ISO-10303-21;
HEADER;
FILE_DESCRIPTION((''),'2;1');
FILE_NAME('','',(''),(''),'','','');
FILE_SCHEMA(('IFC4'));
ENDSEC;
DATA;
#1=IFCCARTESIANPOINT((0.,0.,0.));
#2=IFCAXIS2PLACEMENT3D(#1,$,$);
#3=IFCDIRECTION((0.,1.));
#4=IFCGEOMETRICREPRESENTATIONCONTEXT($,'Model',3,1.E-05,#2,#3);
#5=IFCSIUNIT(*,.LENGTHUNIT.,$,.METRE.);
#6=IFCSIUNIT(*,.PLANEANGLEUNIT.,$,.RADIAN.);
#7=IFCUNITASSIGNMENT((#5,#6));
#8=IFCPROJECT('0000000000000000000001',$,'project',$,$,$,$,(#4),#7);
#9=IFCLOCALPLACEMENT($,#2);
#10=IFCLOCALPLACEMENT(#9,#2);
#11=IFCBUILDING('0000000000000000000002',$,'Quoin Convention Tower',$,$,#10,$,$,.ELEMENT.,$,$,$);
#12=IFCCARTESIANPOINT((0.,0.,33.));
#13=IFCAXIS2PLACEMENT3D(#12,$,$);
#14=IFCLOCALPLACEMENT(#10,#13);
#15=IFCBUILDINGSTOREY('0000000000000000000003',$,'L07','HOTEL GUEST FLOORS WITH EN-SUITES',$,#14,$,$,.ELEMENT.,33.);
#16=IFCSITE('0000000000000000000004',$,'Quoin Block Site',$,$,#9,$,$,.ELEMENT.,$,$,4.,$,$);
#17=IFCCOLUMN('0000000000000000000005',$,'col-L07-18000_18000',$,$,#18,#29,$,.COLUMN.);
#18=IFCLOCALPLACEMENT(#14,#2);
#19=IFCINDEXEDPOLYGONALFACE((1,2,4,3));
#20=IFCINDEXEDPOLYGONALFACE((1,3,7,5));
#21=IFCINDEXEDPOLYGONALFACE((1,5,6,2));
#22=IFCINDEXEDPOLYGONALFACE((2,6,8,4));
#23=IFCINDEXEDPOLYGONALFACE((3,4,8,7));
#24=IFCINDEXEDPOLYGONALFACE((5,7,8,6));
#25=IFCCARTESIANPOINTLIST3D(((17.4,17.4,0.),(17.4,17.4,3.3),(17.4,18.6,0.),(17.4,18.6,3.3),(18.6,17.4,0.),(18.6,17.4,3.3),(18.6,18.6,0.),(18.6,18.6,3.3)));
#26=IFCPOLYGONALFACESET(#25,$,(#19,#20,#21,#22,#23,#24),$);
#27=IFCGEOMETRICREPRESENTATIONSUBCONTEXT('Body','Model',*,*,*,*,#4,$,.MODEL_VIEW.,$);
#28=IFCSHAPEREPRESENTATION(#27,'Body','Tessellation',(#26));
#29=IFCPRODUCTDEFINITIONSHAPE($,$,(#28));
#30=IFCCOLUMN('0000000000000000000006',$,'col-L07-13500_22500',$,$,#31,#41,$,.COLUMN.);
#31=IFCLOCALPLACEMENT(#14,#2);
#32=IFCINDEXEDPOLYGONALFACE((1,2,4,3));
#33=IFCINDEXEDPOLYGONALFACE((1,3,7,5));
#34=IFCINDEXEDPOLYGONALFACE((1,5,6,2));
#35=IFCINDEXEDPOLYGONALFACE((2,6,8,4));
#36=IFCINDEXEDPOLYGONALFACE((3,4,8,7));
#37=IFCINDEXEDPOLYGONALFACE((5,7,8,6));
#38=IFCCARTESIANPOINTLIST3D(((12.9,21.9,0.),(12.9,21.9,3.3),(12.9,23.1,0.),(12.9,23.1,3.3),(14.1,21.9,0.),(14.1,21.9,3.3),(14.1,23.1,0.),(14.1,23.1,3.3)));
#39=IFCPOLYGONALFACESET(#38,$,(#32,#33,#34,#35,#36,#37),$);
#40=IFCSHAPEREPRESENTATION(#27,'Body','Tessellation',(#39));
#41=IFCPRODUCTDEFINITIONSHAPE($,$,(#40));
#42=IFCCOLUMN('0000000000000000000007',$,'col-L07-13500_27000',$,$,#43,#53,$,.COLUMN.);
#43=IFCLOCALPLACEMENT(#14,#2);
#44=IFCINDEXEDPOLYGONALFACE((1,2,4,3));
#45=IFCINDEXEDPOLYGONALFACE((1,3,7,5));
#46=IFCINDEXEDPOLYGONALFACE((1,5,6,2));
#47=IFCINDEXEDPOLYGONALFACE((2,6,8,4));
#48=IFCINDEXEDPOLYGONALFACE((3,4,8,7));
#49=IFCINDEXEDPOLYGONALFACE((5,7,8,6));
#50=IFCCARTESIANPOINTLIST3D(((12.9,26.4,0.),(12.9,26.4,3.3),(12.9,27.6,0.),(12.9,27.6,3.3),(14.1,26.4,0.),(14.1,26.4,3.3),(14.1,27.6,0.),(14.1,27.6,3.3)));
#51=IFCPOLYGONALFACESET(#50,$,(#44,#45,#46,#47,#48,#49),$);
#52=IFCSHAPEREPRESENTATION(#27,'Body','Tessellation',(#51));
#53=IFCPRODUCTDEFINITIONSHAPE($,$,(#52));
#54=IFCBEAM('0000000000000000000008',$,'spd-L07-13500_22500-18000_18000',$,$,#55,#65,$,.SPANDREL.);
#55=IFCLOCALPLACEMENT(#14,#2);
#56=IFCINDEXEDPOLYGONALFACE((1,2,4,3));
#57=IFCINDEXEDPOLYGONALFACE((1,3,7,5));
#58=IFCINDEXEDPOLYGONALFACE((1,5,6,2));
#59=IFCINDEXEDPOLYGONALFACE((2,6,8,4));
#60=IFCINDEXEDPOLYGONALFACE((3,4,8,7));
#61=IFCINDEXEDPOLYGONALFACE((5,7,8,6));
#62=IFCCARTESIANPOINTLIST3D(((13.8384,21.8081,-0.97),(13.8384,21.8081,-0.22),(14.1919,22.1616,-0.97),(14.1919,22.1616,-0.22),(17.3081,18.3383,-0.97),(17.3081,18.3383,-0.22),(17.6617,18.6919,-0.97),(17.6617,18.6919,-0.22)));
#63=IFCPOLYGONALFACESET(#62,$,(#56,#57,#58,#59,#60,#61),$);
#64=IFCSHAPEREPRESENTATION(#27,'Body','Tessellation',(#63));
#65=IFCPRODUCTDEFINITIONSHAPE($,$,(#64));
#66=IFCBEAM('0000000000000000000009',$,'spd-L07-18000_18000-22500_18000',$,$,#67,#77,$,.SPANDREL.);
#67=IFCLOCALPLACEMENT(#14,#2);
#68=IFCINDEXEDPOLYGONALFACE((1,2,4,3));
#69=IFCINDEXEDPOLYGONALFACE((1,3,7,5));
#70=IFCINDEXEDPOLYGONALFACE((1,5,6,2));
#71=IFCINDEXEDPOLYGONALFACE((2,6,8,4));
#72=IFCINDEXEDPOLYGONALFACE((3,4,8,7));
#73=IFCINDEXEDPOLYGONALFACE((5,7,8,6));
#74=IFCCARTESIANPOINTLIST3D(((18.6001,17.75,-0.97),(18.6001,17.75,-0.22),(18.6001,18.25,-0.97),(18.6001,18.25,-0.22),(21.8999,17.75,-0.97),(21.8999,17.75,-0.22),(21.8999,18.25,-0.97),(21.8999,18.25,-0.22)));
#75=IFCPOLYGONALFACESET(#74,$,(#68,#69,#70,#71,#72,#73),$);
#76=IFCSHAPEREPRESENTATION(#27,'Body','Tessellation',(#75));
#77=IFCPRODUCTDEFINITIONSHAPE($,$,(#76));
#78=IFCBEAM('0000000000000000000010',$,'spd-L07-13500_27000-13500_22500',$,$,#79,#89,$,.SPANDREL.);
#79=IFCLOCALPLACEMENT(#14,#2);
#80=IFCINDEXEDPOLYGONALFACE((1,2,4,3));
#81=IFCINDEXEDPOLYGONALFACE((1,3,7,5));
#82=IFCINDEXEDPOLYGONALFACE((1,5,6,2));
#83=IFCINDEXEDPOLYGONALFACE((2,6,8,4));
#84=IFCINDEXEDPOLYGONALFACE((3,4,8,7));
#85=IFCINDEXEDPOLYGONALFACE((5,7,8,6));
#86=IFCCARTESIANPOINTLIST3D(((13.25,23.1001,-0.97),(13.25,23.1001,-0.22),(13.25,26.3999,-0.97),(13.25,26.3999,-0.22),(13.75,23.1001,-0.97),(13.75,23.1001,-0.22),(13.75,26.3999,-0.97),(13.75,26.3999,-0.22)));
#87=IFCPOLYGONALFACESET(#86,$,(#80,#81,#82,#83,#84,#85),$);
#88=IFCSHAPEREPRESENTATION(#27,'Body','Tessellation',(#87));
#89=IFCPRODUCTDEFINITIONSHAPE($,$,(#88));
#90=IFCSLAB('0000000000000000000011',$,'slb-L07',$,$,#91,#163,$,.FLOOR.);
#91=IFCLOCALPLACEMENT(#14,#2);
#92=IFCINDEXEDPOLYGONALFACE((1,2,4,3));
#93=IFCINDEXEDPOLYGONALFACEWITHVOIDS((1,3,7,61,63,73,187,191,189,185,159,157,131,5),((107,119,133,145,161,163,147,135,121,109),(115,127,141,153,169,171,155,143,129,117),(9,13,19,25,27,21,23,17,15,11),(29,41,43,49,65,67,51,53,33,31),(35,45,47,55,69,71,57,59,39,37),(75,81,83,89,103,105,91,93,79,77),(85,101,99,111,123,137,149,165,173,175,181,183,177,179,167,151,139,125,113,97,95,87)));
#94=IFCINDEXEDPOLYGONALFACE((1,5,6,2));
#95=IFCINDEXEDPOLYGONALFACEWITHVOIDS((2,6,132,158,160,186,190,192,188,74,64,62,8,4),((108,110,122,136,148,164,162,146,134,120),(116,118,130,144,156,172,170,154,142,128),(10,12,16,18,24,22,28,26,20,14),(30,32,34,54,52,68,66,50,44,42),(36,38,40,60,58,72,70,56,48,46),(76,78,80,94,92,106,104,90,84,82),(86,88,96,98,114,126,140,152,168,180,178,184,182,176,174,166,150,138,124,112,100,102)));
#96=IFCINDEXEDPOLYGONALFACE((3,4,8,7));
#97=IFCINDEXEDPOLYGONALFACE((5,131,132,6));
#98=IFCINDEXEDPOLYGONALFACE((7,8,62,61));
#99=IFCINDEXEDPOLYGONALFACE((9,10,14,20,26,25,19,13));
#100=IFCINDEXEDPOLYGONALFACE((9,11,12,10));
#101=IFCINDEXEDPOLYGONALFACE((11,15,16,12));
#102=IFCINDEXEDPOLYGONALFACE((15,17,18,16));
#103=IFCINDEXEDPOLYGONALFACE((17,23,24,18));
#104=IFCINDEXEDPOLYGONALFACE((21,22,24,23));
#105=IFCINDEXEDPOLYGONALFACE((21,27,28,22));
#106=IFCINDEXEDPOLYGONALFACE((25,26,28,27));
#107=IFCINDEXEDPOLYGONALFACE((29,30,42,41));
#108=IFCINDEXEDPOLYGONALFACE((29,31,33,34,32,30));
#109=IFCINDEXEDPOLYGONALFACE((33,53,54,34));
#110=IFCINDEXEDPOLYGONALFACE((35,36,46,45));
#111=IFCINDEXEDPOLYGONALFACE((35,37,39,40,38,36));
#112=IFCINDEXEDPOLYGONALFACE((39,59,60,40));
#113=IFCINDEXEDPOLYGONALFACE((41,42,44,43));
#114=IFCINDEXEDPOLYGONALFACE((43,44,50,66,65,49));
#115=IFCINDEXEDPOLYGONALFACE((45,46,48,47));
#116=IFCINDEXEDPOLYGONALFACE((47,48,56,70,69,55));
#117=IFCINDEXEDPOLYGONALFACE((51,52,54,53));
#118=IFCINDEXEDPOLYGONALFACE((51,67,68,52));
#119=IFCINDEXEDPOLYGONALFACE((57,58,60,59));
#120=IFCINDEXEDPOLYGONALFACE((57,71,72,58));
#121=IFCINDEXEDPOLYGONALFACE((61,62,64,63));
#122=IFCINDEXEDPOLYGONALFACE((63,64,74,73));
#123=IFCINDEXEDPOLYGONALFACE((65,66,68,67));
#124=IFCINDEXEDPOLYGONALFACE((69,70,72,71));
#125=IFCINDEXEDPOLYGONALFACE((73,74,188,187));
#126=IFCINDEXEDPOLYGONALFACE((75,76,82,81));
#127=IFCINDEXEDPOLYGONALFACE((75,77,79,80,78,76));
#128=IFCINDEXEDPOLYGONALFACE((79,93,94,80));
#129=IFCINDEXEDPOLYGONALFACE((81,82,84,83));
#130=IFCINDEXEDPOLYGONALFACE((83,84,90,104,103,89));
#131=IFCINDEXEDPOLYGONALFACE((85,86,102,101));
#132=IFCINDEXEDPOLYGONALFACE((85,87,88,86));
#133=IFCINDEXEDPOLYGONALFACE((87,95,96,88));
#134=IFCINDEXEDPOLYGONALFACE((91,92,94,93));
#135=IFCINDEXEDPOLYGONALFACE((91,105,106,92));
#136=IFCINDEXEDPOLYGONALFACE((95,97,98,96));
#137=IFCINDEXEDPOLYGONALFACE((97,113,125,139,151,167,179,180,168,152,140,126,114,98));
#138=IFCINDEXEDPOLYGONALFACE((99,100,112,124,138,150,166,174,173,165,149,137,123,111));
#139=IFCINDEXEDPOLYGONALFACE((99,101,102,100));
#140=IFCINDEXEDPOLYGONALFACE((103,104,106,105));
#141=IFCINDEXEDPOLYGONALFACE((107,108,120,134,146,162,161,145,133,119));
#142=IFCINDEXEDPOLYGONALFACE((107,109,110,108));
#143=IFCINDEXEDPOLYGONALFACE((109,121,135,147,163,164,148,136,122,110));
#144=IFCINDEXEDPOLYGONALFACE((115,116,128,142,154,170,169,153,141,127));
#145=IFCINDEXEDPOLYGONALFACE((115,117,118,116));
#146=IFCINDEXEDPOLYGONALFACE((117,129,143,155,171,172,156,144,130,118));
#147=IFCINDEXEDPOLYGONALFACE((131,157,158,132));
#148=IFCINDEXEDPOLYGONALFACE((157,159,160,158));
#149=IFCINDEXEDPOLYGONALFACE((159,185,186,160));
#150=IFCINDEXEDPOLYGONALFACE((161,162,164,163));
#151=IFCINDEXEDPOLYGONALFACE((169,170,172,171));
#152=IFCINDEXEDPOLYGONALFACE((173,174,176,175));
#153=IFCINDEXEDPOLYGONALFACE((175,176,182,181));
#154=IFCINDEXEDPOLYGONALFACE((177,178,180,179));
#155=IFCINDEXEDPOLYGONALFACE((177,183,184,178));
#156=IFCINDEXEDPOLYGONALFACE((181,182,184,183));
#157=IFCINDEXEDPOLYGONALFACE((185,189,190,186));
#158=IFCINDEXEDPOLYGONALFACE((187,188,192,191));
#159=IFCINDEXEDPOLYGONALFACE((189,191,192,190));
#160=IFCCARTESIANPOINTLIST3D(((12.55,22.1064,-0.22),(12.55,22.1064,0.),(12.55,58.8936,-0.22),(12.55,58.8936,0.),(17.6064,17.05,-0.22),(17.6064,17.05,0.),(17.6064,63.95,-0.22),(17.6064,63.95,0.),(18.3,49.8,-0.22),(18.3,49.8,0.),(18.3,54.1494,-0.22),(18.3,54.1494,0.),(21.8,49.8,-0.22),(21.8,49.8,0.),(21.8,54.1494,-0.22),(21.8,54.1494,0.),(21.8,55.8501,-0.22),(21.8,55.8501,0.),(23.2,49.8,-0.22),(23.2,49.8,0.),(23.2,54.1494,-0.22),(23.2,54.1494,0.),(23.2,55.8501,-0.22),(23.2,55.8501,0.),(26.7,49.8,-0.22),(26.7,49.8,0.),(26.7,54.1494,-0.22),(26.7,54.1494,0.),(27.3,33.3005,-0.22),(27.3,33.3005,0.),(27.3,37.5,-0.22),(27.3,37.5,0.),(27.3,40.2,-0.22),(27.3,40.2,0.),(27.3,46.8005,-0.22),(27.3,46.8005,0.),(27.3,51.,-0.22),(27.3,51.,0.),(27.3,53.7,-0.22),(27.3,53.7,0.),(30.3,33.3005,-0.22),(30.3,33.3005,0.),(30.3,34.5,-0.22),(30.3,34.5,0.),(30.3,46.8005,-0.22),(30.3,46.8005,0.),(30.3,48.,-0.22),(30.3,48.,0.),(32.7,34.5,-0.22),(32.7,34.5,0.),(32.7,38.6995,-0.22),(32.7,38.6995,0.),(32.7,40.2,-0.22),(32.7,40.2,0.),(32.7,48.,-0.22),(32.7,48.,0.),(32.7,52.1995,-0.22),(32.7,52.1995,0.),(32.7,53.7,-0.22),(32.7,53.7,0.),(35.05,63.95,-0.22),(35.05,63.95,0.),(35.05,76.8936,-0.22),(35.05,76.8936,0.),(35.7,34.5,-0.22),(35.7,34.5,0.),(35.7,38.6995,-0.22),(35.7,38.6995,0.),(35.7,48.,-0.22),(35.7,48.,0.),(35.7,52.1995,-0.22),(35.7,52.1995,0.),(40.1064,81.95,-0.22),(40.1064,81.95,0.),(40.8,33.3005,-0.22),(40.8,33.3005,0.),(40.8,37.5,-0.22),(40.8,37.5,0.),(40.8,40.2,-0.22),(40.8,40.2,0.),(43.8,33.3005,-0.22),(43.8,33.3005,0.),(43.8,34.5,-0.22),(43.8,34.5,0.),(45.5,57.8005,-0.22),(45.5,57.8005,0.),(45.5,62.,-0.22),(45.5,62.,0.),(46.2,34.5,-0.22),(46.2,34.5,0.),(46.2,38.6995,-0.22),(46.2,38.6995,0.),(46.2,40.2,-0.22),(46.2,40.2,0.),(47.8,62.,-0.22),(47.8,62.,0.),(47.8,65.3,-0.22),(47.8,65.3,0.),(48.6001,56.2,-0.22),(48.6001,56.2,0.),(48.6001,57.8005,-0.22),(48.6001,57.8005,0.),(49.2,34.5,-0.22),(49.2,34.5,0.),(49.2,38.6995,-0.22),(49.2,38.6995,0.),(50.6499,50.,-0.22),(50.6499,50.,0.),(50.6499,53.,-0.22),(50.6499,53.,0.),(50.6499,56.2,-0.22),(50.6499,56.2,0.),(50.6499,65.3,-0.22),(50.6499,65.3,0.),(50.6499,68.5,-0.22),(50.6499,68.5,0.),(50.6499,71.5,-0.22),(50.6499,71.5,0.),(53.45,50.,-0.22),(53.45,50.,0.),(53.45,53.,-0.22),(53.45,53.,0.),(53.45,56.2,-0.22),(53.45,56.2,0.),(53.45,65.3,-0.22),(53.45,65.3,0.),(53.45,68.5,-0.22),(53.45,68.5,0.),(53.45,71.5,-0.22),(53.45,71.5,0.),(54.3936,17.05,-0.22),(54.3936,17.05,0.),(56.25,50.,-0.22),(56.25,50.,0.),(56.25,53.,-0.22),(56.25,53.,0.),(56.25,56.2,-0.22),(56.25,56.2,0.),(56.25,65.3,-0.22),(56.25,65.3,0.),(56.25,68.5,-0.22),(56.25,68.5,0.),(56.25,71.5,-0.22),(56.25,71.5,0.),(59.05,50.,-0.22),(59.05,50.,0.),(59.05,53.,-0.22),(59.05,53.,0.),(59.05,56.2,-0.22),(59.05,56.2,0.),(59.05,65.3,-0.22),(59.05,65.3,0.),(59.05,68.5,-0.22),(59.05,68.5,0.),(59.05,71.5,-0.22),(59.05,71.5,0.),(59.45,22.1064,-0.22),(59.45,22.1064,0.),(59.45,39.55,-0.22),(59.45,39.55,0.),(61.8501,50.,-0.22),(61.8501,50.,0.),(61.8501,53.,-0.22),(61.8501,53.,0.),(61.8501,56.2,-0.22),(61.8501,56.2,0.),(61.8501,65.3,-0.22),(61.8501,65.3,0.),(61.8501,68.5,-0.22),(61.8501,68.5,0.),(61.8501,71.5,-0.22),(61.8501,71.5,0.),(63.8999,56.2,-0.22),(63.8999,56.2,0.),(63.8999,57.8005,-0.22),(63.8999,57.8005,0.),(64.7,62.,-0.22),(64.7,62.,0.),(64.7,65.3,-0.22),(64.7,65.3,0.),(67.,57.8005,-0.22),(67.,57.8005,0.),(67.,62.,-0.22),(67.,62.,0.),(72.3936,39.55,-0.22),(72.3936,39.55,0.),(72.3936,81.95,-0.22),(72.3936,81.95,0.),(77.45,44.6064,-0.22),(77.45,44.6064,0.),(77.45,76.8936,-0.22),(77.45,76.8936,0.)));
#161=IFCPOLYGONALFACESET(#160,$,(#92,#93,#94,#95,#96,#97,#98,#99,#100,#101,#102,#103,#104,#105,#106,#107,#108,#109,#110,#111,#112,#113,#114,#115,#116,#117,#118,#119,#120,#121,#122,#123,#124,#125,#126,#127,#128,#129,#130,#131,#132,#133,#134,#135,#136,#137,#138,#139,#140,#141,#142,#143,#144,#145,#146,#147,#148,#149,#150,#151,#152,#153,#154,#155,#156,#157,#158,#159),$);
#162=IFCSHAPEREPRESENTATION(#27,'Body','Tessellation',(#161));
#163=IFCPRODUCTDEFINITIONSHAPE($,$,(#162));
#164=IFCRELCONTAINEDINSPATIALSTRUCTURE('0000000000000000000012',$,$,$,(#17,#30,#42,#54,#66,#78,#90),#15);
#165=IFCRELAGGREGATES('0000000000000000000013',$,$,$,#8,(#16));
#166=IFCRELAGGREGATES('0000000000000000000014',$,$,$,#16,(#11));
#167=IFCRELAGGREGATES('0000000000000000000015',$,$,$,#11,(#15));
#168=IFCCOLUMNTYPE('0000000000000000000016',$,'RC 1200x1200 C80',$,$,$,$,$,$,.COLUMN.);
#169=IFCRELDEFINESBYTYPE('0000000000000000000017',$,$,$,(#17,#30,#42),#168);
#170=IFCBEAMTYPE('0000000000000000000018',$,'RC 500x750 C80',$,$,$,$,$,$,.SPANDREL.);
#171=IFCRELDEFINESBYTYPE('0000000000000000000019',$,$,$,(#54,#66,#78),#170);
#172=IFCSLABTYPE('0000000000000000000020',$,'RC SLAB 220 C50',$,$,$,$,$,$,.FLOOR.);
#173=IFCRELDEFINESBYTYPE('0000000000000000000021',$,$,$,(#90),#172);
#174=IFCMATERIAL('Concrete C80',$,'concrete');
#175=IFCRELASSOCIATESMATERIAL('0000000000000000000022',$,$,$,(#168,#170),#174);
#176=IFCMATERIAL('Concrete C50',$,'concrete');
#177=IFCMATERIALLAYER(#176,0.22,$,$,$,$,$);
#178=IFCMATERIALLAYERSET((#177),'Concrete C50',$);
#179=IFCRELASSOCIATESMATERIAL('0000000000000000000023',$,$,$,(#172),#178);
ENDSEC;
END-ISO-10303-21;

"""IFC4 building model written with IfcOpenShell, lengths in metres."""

from ifc_helpers import new_model, si_unit, direction, frame, origin, origin_2d, place, context, subcontext, project, spatial, polyline, rectangle, outline, extrude, material, layer, layer_set, material_profile, profile_set, type_object, element, save


model = new_model("IFC4")

# Units and contexts
model_context = context("Model", 3, precision=1e-05, world=origin(), true_north=direction((0.0, 1.0)))
body_context = subcontext(model_context, "Body", "Model", "MODEL_VIEW")
ifc_project = project(units=[si_unit("LENGTHUNIT", "METRE"), si_unit("PLANEANGLEUNIT", "RADIAN")], contexts=[model_context])

# Site, building, storey
site_placement = place(None, origin())
site = spatial("IfcSite", under=ifc_project, at=site_placement, Name="Quoin Block Site", CompositionType="ELEMENT", RefElevation=4.0)
building_placement = place(site_placement, origin())
building = spatial("IfcBuilding", under=site, at=building_placement, Name="Quoin Convention Tower", CompositionType="ELEMENT")
storey_placement = place(building_placement, frame((0.0, 0.0, 33.0)))
storey = spatial("IfcBuildingStorey", under=building, at=storey_placement, Name="L07", Description="HOTEL GUEST FLOORS WITH EN-SUITES", CompositionType="ELEMENT", Elevation=33.0)

# Columns
ifc_material_1 = material(Name="Concrete C80", Category="concrete")
ifc_material_profile_1 = material_profile(ifc_material_1, rectangle(XDim=1.2, YDim=1.2, at=origin_2d()), Name="RC 1200x1200")
ifc_profile_set_1 = profile_set([ifc_material_profile_1], Name="Concrete C80")
column_type = type_object("IfcColumnType", Name="RC 1200x1200 C80", PredefinedType="COLUMN", material=ifc_profile_set_1)
for number, where, z_axis, x_axis, name in (
    (1, (18.0, 18.0, 0.0), (0.0, 0.0, 1.0), (1.0, 0.0, 0.0), "col-L07-18000_18000"),
    (2, (13.5, 22.5, 0.0), (0.0, 0.0, 1.0), (1.0, 0.0, 0.0), "col-L07-13500_22500"),
    (3, (13.5, 27.0, 0.0), (0.0, 0.0, 1.0), (1.0, 0.0, 0.0), "col-L07-13500_27000"),
):
    element("IfcColumn", number, at=place(storey_placement, frame(where, z_axis=z_axis, x_axis=x_axis)), inside=storey, type_object=column_type, Name=name, PredefinedType="COLUMN", context=body_context, shape_type="SweptSolid", body=[
        extrude(rectangle(XDim=1.2, YDim=1.2, at=origin_2d()), origin(), (0.0, 0.0, 1.0), 3.3),
    ])

# Beams
ifc_material_profile_2 = material_profile(ifc_material_1, rectangle(XDim=0.5, YDim=0.75, at=origin_2d()), Name="RC 500x750")
ifc_profile_set_2 = profile_set([ifc_material_profile_2], Name="Concrete C80")
beam_type = type_object("IfcBeamType", Name="RC 500x750 C80", PredefinedType="SPANDREL", material=ifc_profile_set_2)
beam_placement = place(storey_placement, frame((14.0151, 21.9849, -0.595), z_axis=(0.707107, -0.707107, 0.0), x_axis=(0.707107, 0.707107, 0.0)))
element("IfcBeam", 4, at=beam_placement, inside=storey, type_object=beam_type, Name="spd-L07-13500_22500-18000_18000", PredefinedType="SPANDREL", context=body_context, shape_type="SweptSolid", body=[
    extrude(rectangle(XDim=0.5, YDim=0.75, at=origin_2d()), origin(), (0.0, 0.0, 1.0), 4.907),
])
for number, where, z_axis, x_axis, name in (
    (5, (18.6001, 18.0, -0.595), (1.0, 0.0, 0.0), (0.0, 1.0, 0.0), "spd-L07-18000_18000-22500_18000"),
    (6, (13.5, 26.3999, -0.595), (0.0, -1.0, 0.0), (1.0, 0.0, 0.0), "spd-L07-13500_27000-13500_22500"),
):
    element("IfcBeam", number, at=place(storey_placement, frame(where, z_axis=z_axis, x_axis=x_axis)), inside=storey, type_object=beam_type, Name=name, PredefinedType="SPANDREL", context=body_context, shape_type="SweptSolid", body=[
        extrude(rectangle(XDim=0.5, YDim=0.75, at=origin_2d()), origin(), (0.0, 0.0, 1.0), 3.2998),
    ])

# Slab
ifc_material_2 = material(Name="Concrete C50", Category="concrete")
ifc_layer_1 = layer(ifc_material_2, 0.22)
ifc_layer_set_1 = layer_set([ifc_layer_1], Name="Concrete C50")
slab_type_1 = type_object("IfcSlabType", Name="RC SLAB 220 C50", PredefinedType="FLOOR", material=ifc_layer_set_1)
slab_1_placement = place(storey_placement, frame((0.0, 0.0, -0.22)))
element("IfcSlab", 7, at=slab_1_placement, inside=storey, type_object=slab_type_1, Name="slb-L07", PredefinedType="FLOOR", context=body_context, shape_type="SweptSolid", body=[
    extrude(outline(polyline([(12.55, 58.8936), (17.6064, 63.95), (35.05, 63.95), (35.05, 76.8936), (40.1064, 81.95), (72.3936, 81.95), (77.45, 76.8936), (77.45, 44.6064), (72.3936, 39.55), (59.45, 39.55), (59.45, 22.1064), (54.3936, 17.05), (17.6064, 17.05), (12.55, 22.1064), (12.55, 58.8936)]), holes=[polyline([(30.3, 33.3005), (30.3, 34.5), (32.7, 34.5), (35.7, 34.5), (35.7, 38.6995), (32.7, 38.6995), (32.7, 40.2), (27.3, 40.2), (27.3, 37.5), (27.3, 33.3005), (30.3, 33.3005)]), polyline([(43.8, 33.3005), (43.8, 34.5), (46.2, 34.5), (49.2, 34.5), (49.2, 38.6995), (46.2, 38.6995), (46.2, 40.2), (40.8, 40.2), (40.8, 37.5), (40.8, 33.3005), (43.8, 33.3005)]), polyline([(27.3, 46.8005), (30.3, 46.8005), (30.3, 48.0), (32.7, 48.0), (35.7, 48.0), (35.7, 52.1995), (32.7, 52.1995), (32.7, 53.7), (27.3, 53.7), (27.3, 51.0), (27.3, 46.8005)]), polyline([(53.45, 50.0), (56.25, 50.0), (59.05, 50.0), (61.8501, 50.0), (61.8501, 53.0), (59.05, 53.0), (56.25, 53.0), (53.45, 53.0), (50.6499, 53.0), (50.6499, 50.0), (53.45, 50.0)]), polyline([(23.2, 49.8), (26.7, 49.8), (26.7, 54.1494), (23.2, 54.1494), (23.2, 55.8501), (21.8, 55.8501), (21.8, 54.1494), (18.3, 54.1494), (18.3, 49.8), (21.8, 49.8), (23.2, 49.8)]), polyline([(45.5, 57.8005), (48.6001, 57.8005), (48.6001, 56.2), (50.6499, 56.2), (53.45, 56.2), (56.25, 56.2), (59.05, 56.2), (61.8501, 56.2), (63.8999, 56.2), (63.8999, 57.8005), (67.0, 57.8005), (67.0, 62.0), (64.7, 62.0), (64.7, 65.3), (61.8501, 65.3), (59.05, 65.3), (56.25, 65.3), (53.45, 65.3), (50.6499, 65.3), (47.8, 65.3), (47.8, 62.0), (45.5, 62.0), (45.5, 57.8005)]), polyline([(59.05, 68.5), (61.8501, 68.5), (61.8501, 71.5), (59.05, 71.5), (56.25, 71.5), (53.45, 71.5), (50.6499, 71.5), (50.6499, 68.5), (53.45, 68.5), (56.25, 68.5), (59.05, 68.5)])]), origin(), (0.0, 0.0, 1.0), 0.22),
])

save(model, "model.ifc")
